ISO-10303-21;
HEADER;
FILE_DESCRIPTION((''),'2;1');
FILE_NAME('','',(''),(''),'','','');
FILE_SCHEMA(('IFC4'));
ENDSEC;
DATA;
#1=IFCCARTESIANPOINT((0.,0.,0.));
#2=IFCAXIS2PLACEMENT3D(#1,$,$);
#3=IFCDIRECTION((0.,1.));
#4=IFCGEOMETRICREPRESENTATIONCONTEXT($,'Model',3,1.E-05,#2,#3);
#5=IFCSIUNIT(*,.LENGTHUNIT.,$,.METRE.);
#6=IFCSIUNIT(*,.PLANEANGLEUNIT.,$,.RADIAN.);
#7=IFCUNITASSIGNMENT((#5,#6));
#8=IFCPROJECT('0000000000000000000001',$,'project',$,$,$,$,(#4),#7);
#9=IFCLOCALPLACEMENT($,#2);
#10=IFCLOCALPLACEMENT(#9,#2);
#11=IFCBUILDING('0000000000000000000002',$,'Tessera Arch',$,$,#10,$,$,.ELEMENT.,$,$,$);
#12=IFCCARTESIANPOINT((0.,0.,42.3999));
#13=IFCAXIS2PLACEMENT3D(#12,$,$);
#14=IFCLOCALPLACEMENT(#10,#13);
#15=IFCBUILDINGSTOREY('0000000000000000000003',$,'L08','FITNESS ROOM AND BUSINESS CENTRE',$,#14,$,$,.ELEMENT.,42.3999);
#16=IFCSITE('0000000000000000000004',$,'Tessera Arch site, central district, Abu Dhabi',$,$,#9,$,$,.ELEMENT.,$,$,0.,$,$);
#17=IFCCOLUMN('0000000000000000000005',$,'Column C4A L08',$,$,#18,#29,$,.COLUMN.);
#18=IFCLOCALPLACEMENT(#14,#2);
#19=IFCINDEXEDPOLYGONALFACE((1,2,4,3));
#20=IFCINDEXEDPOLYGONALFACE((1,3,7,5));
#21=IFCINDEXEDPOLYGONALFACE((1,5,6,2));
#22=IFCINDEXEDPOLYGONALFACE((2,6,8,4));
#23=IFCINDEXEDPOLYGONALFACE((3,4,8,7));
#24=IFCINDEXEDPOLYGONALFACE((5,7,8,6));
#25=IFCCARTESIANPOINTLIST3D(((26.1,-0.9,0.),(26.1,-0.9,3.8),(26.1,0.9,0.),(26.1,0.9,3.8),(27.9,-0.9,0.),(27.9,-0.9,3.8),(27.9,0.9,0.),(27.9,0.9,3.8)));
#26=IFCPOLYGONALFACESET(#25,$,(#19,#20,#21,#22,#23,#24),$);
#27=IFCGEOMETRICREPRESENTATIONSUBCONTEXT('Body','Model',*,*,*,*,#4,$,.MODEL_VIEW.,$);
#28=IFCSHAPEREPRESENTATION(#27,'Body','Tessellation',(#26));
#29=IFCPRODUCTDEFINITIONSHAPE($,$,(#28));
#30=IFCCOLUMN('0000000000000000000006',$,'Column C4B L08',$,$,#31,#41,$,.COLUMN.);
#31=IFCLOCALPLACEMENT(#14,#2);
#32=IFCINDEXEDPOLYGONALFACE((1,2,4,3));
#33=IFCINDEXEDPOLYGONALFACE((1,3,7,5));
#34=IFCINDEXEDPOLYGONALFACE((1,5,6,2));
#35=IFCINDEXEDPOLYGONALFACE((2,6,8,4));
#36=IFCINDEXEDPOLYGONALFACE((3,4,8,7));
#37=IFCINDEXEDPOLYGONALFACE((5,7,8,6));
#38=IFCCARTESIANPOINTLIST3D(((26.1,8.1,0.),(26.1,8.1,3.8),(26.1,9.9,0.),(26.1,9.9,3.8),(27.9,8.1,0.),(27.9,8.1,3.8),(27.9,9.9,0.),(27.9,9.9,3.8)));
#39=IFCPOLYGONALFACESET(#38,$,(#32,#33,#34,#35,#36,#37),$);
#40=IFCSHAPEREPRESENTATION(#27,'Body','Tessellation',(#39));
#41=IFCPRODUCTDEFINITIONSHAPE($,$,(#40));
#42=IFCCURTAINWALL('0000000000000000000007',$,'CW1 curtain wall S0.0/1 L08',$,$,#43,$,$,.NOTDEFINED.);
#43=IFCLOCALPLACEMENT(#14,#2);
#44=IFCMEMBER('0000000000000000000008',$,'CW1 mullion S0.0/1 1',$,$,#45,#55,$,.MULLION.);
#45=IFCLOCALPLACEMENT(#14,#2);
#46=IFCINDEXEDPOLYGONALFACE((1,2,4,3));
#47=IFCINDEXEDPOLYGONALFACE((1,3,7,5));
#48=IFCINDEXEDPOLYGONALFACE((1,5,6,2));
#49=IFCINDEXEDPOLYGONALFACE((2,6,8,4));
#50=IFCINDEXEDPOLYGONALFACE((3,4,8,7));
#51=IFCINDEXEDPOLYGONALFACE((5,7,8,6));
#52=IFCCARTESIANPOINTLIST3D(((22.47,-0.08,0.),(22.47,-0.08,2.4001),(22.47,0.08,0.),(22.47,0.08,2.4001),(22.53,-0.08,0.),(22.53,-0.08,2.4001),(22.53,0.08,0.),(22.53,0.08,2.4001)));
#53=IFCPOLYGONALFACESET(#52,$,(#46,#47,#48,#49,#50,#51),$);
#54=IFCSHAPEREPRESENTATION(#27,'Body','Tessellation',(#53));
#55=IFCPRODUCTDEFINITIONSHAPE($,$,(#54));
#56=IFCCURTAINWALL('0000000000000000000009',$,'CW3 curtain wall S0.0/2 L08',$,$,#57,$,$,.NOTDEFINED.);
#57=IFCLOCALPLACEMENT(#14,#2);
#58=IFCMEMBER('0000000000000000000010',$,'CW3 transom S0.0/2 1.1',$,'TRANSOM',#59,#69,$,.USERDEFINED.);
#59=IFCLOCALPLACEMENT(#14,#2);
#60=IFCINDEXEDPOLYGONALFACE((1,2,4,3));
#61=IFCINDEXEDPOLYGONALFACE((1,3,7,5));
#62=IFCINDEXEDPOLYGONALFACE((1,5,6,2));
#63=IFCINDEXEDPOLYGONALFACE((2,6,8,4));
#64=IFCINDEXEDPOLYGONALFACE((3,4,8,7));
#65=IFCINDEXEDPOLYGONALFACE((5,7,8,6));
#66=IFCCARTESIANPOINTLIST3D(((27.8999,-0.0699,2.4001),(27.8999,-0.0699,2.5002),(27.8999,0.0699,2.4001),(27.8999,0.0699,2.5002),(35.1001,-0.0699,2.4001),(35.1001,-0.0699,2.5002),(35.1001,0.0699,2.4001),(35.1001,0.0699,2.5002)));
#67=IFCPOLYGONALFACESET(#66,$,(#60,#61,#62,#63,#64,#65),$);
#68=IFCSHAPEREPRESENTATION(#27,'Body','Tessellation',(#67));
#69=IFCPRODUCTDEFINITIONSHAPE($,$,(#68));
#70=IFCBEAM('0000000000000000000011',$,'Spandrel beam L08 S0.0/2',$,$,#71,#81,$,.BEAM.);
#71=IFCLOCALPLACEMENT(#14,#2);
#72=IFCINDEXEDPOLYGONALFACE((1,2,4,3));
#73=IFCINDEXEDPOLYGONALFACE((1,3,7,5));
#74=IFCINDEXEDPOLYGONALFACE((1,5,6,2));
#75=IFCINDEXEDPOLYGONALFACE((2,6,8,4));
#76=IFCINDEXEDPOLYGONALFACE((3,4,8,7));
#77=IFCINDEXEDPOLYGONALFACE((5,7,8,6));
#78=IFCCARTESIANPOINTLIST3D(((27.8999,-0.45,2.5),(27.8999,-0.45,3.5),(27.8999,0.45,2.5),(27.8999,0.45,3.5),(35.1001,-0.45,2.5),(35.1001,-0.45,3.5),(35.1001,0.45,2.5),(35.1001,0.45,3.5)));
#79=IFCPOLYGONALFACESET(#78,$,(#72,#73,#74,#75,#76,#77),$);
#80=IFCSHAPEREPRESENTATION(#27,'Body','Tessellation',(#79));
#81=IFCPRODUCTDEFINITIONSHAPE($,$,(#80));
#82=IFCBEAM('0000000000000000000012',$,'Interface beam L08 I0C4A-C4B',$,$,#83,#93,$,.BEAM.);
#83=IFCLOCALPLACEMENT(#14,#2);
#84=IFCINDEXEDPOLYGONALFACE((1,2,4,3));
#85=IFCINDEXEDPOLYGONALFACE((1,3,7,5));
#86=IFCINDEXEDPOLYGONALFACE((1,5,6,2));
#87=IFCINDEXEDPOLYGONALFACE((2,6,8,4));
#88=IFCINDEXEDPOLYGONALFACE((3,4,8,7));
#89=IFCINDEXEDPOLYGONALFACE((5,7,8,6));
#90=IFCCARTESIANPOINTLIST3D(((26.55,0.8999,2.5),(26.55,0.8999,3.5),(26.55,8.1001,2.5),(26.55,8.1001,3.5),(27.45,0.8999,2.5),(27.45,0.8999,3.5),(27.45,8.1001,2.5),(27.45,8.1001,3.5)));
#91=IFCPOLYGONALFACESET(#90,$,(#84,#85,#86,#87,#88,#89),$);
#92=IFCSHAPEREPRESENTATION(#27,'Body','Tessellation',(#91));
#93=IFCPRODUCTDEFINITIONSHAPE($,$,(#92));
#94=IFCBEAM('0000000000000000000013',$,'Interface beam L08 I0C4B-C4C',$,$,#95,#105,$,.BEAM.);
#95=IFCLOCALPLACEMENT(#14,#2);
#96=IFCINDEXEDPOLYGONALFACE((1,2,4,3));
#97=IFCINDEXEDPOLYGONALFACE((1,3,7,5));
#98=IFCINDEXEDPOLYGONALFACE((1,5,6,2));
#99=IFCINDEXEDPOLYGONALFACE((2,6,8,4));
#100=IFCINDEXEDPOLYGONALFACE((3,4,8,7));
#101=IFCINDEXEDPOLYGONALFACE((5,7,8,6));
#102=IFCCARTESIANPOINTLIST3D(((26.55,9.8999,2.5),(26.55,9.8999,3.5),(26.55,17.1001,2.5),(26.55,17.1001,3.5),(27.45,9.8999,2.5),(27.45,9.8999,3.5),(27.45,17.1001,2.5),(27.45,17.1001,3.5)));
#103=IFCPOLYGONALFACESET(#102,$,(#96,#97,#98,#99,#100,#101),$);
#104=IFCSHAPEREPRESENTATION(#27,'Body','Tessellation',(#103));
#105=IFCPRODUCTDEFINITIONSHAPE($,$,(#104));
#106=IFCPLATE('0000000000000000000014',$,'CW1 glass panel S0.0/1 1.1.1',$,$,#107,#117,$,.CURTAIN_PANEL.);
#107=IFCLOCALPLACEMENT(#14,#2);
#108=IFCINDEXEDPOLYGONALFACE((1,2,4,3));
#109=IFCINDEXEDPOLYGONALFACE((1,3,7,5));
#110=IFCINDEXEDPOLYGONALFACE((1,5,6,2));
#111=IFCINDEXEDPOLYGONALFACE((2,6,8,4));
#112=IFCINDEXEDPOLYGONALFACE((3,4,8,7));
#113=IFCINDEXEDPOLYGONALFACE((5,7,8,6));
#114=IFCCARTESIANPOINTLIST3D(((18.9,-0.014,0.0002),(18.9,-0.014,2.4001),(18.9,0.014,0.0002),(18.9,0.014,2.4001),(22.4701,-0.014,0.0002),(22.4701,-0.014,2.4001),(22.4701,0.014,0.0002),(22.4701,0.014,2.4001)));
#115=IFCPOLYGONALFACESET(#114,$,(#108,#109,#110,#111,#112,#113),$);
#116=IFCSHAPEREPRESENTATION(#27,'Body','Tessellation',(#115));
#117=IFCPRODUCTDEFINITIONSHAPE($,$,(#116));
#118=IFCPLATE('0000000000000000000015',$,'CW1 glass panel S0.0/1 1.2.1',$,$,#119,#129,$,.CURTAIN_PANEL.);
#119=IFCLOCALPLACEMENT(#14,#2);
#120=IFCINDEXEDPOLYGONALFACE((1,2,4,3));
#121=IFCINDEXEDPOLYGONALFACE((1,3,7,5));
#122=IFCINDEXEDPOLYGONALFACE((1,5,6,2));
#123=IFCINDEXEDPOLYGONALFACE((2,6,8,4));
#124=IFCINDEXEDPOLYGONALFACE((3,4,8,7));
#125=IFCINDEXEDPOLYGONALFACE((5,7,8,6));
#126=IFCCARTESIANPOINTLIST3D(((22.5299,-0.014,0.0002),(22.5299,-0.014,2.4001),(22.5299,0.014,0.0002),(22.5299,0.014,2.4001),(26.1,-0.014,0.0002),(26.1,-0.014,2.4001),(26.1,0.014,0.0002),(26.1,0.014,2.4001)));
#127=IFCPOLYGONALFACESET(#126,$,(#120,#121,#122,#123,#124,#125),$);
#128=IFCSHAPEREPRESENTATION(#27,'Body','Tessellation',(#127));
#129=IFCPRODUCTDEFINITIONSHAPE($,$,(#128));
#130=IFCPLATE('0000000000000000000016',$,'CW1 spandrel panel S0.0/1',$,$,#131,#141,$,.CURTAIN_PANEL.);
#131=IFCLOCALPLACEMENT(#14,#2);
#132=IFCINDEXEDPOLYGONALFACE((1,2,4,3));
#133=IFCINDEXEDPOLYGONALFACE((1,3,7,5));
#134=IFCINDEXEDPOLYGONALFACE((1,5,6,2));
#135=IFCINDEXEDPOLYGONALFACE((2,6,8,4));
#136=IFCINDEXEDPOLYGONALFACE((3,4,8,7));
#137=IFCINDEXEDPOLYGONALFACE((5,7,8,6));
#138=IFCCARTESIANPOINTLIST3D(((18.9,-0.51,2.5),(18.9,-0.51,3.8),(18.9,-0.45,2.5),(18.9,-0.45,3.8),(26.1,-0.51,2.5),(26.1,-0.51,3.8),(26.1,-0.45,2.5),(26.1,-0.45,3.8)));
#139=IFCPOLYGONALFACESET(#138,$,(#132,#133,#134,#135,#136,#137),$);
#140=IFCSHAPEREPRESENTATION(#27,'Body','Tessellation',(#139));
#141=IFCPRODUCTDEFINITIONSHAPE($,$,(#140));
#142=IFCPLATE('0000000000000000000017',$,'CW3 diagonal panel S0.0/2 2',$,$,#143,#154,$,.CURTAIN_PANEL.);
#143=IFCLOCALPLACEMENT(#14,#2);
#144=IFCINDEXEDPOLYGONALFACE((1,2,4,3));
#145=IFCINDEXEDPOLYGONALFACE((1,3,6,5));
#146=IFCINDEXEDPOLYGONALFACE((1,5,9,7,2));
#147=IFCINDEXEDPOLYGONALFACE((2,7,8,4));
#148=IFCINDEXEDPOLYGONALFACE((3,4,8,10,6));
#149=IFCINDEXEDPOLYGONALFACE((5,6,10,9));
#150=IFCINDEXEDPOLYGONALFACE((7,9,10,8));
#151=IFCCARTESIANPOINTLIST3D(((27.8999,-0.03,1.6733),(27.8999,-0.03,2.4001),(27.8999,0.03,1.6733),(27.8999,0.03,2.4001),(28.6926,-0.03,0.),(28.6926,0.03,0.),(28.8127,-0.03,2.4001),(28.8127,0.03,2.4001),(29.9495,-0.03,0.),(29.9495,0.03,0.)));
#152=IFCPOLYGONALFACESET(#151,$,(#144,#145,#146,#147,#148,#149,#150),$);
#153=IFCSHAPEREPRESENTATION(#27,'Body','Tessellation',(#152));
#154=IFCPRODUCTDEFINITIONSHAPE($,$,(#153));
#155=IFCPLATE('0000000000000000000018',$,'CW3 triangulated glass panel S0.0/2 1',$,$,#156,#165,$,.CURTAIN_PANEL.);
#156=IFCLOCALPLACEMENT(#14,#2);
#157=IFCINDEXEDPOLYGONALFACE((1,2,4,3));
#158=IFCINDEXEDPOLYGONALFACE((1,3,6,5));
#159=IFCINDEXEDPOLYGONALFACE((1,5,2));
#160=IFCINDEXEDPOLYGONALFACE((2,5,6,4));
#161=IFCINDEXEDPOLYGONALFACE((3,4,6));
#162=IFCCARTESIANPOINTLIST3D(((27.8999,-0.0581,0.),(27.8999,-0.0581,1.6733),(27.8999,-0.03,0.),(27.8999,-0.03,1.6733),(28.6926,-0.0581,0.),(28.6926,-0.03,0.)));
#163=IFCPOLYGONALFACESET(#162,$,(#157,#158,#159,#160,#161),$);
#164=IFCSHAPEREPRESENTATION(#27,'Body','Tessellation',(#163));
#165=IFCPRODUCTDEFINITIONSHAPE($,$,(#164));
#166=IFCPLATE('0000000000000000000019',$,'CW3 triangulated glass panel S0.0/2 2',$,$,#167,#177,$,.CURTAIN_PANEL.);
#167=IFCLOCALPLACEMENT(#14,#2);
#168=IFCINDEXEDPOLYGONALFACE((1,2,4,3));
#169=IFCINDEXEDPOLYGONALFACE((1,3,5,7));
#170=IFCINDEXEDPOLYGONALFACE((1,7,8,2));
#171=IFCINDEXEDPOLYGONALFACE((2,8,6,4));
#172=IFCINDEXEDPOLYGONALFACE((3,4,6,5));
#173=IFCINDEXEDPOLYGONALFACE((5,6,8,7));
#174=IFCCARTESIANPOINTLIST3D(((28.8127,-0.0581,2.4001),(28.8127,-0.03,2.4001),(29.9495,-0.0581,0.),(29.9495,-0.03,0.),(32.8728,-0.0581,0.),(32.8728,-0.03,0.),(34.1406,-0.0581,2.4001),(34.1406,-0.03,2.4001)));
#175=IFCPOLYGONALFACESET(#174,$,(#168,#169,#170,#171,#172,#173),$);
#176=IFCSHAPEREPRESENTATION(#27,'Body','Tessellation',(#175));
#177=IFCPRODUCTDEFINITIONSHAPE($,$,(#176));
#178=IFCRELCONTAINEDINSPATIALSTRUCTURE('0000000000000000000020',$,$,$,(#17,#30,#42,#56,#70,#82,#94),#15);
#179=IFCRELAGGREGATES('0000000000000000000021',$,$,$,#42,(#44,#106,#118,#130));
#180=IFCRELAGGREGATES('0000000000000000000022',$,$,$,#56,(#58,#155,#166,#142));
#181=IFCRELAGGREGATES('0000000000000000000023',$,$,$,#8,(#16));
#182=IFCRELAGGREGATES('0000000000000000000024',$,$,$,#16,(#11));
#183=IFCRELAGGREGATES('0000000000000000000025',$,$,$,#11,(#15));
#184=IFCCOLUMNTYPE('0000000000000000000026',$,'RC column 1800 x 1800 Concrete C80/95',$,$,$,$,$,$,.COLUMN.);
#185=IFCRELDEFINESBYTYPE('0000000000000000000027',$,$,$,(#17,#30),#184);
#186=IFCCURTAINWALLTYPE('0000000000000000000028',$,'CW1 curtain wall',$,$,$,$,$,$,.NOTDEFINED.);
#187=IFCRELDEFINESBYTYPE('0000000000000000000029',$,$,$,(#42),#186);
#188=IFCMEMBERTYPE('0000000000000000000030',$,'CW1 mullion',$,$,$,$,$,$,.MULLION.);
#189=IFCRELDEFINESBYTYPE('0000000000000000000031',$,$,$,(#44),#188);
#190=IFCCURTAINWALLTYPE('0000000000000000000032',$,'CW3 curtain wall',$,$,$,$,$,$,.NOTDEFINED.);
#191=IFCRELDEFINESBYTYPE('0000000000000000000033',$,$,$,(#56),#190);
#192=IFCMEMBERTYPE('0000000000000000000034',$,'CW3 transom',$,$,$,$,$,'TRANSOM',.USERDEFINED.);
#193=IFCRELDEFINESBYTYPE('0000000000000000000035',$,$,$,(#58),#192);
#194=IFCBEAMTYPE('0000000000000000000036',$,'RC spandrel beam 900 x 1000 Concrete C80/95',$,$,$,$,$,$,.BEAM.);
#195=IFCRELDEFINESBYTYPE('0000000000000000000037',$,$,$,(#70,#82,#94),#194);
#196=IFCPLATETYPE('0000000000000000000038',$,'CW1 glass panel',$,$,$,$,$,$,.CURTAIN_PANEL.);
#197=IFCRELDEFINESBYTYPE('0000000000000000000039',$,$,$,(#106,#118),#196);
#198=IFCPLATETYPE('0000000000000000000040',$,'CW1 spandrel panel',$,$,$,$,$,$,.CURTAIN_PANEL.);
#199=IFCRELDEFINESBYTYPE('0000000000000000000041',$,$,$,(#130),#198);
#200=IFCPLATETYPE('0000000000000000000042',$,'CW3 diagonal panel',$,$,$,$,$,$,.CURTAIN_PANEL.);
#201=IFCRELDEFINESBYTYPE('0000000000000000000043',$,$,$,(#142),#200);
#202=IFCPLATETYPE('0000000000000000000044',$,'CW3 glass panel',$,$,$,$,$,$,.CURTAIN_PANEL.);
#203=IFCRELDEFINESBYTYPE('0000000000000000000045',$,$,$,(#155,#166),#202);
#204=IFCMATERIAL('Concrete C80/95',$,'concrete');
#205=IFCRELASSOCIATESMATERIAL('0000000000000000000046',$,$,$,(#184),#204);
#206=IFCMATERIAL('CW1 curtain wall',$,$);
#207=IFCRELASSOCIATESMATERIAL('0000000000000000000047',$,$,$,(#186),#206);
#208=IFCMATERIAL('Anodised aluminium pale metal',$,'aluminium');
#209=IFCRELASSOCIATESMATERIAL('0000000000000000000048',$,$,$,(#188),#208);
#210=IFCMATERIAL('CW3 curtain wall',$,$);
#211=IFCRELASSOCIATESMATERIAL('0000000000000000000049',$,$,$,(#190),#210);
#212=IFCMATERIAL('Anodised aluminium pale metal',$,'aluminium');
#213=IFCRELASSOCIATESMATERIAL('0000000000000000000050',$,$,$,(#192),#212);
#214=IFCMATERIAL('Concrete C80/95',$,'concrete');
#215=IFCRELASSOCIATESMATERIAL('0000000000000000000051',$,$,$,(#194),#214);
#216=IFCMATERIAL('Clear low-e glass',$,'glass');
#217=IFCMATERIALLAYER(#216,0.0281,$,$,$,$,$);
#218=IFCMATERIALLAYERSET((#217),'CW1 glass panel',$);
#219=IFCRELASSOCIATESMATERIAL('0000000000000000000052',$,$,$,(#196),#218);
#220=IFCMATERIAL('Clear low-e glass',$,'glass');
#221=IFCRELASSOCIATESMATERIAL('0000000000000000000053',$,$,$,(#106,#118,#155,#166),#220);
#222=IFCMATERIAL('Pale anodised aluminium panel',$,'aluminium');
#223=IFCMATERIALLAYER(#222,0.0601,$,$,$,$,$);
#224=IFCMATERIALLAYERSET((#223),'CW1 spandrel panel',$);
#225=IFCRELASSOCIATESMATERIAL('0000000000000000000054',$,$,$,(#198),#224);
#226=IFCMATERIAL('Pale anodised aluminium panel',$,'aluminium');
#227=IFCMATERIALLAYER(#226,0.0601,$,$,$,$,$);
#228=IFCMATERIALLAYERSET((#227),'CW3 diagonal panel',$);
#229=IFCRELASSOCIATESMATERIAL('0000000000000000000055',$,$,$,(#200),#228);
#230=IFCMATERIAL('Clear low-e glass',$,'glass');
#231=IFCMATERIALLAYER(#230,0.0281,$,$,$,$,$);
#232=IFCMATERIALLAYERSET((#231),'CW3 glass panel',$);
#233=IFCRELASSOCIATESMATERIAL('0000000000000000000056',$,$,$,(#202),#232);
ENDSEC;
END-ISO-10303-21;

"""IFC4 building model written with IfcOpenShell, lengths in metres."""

from ifc_helpers import new_model, si_unit, direction, frame, origin, origin_2d, place, context, subcontext, project, spatial, polyline, rectangle, outline, extrude, material, layer, layer_set, material_profile, profile_set, type_object, element, aggregate, save


model = new_model("IFC4")

# Units and contexts
model_context = context("Model", 3, precision=1e-05, world=origin(), true_north=direction((0.0, 1.0)))
body_context = subcontext(model_context, "Body", "Model", "MODEL_VIEW")
ifc_project = project(units=[si_unit("LENGTHUNIT", "METRE"), si_unit("PLANEANGLEUNIT", "RADIAN")], contexts=[model_context])

# Site, building, storey
site_placement = place(None, origin())
site = spatial("IfcSite", under=ifc_project, at=site_placement, Name="Tessera Arch site, central district, Abu Dhabi", CompositionType="ELEMENT", RefElevation=0.0)
building_placement = place(site_placement, origin())
building = spatial("IfcBuilding", under=site, at=building_placement, Name="Tessera Arch", CompositionType="ELEMENT")
storey_placement = place(building_placement, frame((0.0, 0.0, 42.3999)))
storey = spatial("IfcBuildingStorey", under=building, at=storey_placement, Name="L08", Description="FITNESS ROOM AND BUSINESS CENTRE", CompositionType="ELEMENT", Elevation=42.3999)

# Columns
ifc_material_1 = material(Name="Concrete C80/95", Category="concrete")
ifc_material_profile_1 = material_profile(ifc_material_1, rectangle(XDim=1.8, YDim=1.8, at=origin_2d()), Name="RC column 1800 x 1800 Concrete C80/95")
ifc_profile_set_1 = profile_set([ifc_material_profile_1], Name="Concrete C80/95")
column_type = type_object("IfcColumnType", Name="RC column 1800 x 1800 Concrete C80/95", PredefinedType="COLUMN", material=ifc_profile_set_1)
for number, where, z_axis, x_axis, name in (
    (1, (27.0, 0.0, 0.0), (0.0, 0.0, 1.0), (1.0, 0.0, 0.0), "Column C4A L08"),
    (2, (27.0, 9.0, 0.0), (0.0, 0.0, 1.0), (1.0, 0.0, 0.0), "Column C4B L08"),
):
    element("IfcColumn", number, at=place(storey_placement, frame(where, z_axis=z_axis, x_axis=x_axis)), inside=storey, type_object=column_type, Name=name, PredefinedType="COLUMN", context=body_context, shape_type="SweptSolid", body=[
        extrude(rectangle(XDim=1.8, YDim=1.8, at=origin_2d()), origin(), (0.0, 0.0, 1.0), 3.8),
    ])

# Curtain walls, members
ifc_material_2 = material(Name="CW1 curtain wall")
curtain_wall_type_1 = type_object("IfcCurtainWallType", Name="CW1 curtain wall", PredefinedType="NOTDEFINED", material=ifc_material_2)
curtain_wall_1_placement = place(storey_placement, origin())
curtain_wall_1 = element("IfcCurtainWall", 3, at=curtain_wall_1_placement, inside=storey, type_object=curtain_wall_type_1, Name="CW1 curtain wall S0.0/1 L08", PredefinedType="NOTDEFINED")
ifc_material_3 = material(Name="Anodised aluminium pale metal", Category="aluminium")
ifc_material_profile_2 = material_profile(ifc_material_3, rectangle(XDim=0.1599, YDim=0.0601, at=origin_2d()), Name="AL 60x160")
ifc_profile_set_2 = profile_set([ifc_material_profile_2], Name="Anodised aluminium pale metal")
member_type_1 = type_object("IfcMemberType", Name="CW1 mullion", PredefinedType="MULLION", material=ifc_profile_set_2)
member_1_placement = place(storey_placement, frame((22.5, 0.0, 0.0), z_axis=(0.0, 0.0, 1.0), x_axis=(0.0, 1.0, 0.0)))
member_1 = element("IfcMember", 4, at=member_1_placement, type_object=member_type_1, Name="CW1 mullion S0.0/1 1", PredefinedType="MULLION", context=body_context, shape_type="SweptSolid", body=[
    extrude(rectangle(XDim=0.1599, YDim=0.0601, at=origin_2d()), origin(), (0.0, 0.0, 1.0), 2.4001),
])
ifc_material_4 = material(Name="CW3 curtain wall")
curtain_wall_type_2 = type_object("IfcCurtainWallType", Name="CW3 curtain wall", PredefinedType="NOTDEFINED", material=ifc_material_4)
curtain_wall_2_placement = place(storey_placement, origin())
curtain_wall_2 = element("IfcCurtainWall", 5, at=curtain_wall_2_placement, inside=storey, type_object=curtain_wall_type_2, Name="CW3 curtain wall S0.0/2 L08", PredefinedType="NOTDEFINED")
ifc_material_5 = material(Name="Anodised aluminium pale metal", Category="aluminium")
ifc_material_profile_3 = material_profile(ifc_material_5, rectangle(XDim=0.1399, YDim=0.1001, at=origin_2d()), Name="AL 140x100")
ifc_profile_set_3 = profile_set([ifc_material_profile_3], Name="Anodised aluminium pale metal")
member_type_2 = type_object("IfcMemberType", Name="CW3 transom", ElementType="TRANSOM", PredefinedType="USERDEFINED", material=ifc_profile_set_3)
member_2_placement = place(storey_placement, frame((27.8999, 0.0, 2.4502), z_axis=(1.0, 0.0, 0.0), x_axis=(0.0, 1.0, 0.0)))
member_2 = element("IfcMember", 6, at=member_2_placement, type_object=member_type_2, Name="CW3 transom S0.0/2 1.1", ObjectType="TRANSOM", PredefinedType="USERDEFINED", context=body_context, shape_type="SweptSolid", body=[
    extrude(rectangle(XDim=0.1399, YDim=0.1001, at=origin_2d()), origin(), (0.0, 0.0, 1.0), 7.2002),
])

# Beams
ifc_material_6 = material(Name="Concrete C80/95", Category="concrete")
ifc_material_profile_4 = material_profile(ifc_material_6, rectangle(XDim=0.8999, YDim=1.0, at=origin_2d()), Name="RC spandrel beam 900 x 1000 Concrete C80/95")
ifc_profile_set_4 = profile_set([ifc_material_profile_4], Name="Concrete C80/95")
beam_type = type_object("IfcBeamType", Name="RC spandrel beam 900 x 1000 Concrete C80/95", PredefinedType="BEAM", material=ifc_profile_set_4)
for number, where, z_axis, x_axis, name in (
    (7, (27.8999, 0.0, 3.0), (1.0, 0.0, 0.0), (0.0, 1.0, 0.0), "Spandrel beam L08 S0.0/2"),
    (8, (27.0, 0.8999, 3.0), (0.0, 1.0, 0.0), (-1.0, 0.0, 0.0), "Interface beam L08 I0C4A-C4B"),
    (9, (27.0, 9.8999, 3.0), (0.0, 1.0, 0.0), (-1.0, 0.0, 0.0), "Interface beam L08 I0C4B-C4C"),
):
    element("IfcBeam", number, at=place(storey_placement, frame(where, z_axis=z_axis, x_axis=x_axis)), inside=storey, type_object=beam_type, Name=name, PredefinedType="BEAM", context=body_context, shape_type="SweptSolid", body=[
        extrude(rectangle(XDim=0.8999, YDim=1.0, at=origin_2d()), origin(), (0.0, 0.0, 1.0), 7.2002),
    ])

# Plates
ifc_material_7 = material(Name="Clear low-e glass", Category="glass")
ifc_material_8 = material(Name="Clear low-e glass", Category="glass")
ifc_layer_1 = layer(ifc_material_8, 0.0281)
ifc_layer_set_1 = layer_set([ifc_layer_1], Name="CW1 glass panel")
plate_type_1 = type_object("IfcPlateType", Name="CW1 glass panel", PredefinedType="CURTAIN_PANEL", material=ifc_layer_set_1)
plate_1_placement = place(storey_placement, frame((20.6851, 0.0, 0.0002), z_axis=(0.0, 0.0, 1.0), x_axis=(1.0, 0.0, 0.0)))
plate_1 = element("IfcPlate", 10, at=plate_1_placement, type_object=plate_type_1, material=ifc_material_7, Name="CW1 glass panel S0.0/1 1.1.1", PredefinedType="CURTAIN_PANEL", context=body_context, shape_type="SweptSolid", body=[
    extrude(rectangle(XDim=3.5701, YDim=0.0281, at=origin_2d()), origin(), (0.0, 0.0, 1.0), 2.3999),
])
plate_2_placement = place(storey_placement, frame((24.3149, 0.0, 0.0002), z_axis=(0.0, 0.0, 1.0), x_axis=(1.0, 0.0, 0.0)))
plate_2 = element("IfcPlate", 11, at=plate_2_placement, type_object=plate_type_1, material=ifc_material_7, Name="CW1 glass panel S0.0/1 1.2.1", PredefinedType="CURTAIN_PANEL", context=body_context, shape_type="SweptSolid", body=[
    extrude(rectangle(XDim=3.5701, YDim=0.0281, at=origin_2d()), origin(), (0.0, 0.0, 1.0), 2.3999),
])
ifc_material_9 = material(Name="Pale anodised aluminium panel", Category="aluminium")
ifc_layer_2 = layer(ifc_material_9, 0.0601)
ifc_layer_set_2 = layer_set([ifc_layer_2], Name="CW1 spandrel panel")
plate_type_2 = type_object("IfcPlateType", Name="CW1 spandrel panel", PredefinedType="CURTAIN_PANEL", material=ifc_layer_set_2)
plate_3_placement = place(storey_placement, frame((22.5, -0.48, 2.5), z_axis=(0.0, 0.0, 1.0), x_axis=(1.0, 0.0, 0.0)))
plate_3 = element("IfcPlate", 12, at=plate_3_placement, type_object=plate_type_2, Name="CW1 spandrel panel S0.0/1", PredefinedType="CURTAIN_PANEL", context=body_context, shape_type="SweptSolid", body=[
    extrude(rectangle(XDim=7.2, YDim=0.0601, at=origin_2d()), origin(), (0.0, 0.0, 1.0), 1.3),
])
aggregate(curtain_wall_1, [member_1, plate_1, plate_2, plate_3])
ifc_material_10 = material(Name="Pale anodised aluminium panel", Category="aluminium")
ifc_layer_3 = layer(ifc_material_10, 0.0601)
ifc_layer_set_3 = layer_set([ifc_layer_3], Name="CW3 diagonal panel")
plate_type_3 = type_object("IfcPlateType", Name="CW3 diagonal panel", PredefinedType="CURTAIN_PANEL", material=ifc_layer_set_3)
plate_4_placement = place(storey_placement, frame((27.8999, -0.03, 2.4001), z_axis=(0.0, -1.0, 0.0), x_axis=(0.0, 0.0, -1.0)))
plate_4 = element("IfcPlate", 13, at=plate_4_placement, type_object=plate_type_3, Name="CW3 diagonal panel S0.0/2 2", PredefinedType="CURTAIN_PANEL", context=body_context, shape_type="SweptSolid", body=[
    extrude(outline(polyline([(0.0, 0.0), (0.7268, 0.0), (2.4001, 0.7927), (2.4001, 2.0496), (0.0, 0.9128), (0.0, 0.0)])), origin(), (0.0, 0.0, -1.0), 0.0601),
])
ifc_material_11 = material(Name="Clear low-e glass", Category="glass")
ifc_layer_4 = layer(ifc_material_11, 0.0281)
ifc_layer_set_4 = layer_set([ifc_layer_4], Name="CW3 glass panel")
plate_type_4 = type_object("IfcPlateType", Name="CW3 glass panel", PredefinedType="CURTAIN_PANEL", material=ifc_layer_set_4)
plate_5_placement = place(storey_placement, frame((27.8999, -0.0581, 0.0), z_axis=(0.0, -1.0, 0.0), x_axis=(1.0, 0.0, 0.0)))
plate_5 = element("IfcPlate", 14, at=plate_5_placement, type_object=plate_type_4, material=ifc_material_7, Name="CW3 triangulated glass panel S0.0/2 1", PredefinedType="CURTAIN_PANEL", context=body_context, shape_type="SweptSolid", body=[
    extrude(outline(polyline([(0.0, 0.0), (0.7927, 0.0), (0.0, 1.6733), (0.0, 0.0)])), origin(), (0.0, 0.0, -1.0), 0.0281),
])
plate_6_placement = place(storey_placement, frame((34.1406, -0.0581, 2.4001), z_axis=(0.0, -1.0, 0.0), x_axis=(-1.0, 0.0, 0.0)))
plate_6 = element("IfcPlate", 15, at=plate_6_placement, type_object=plate_type_4, material=ifc_material_7, Name="CW3 triangulated glass panel S0.0/2 2", PredefinedType="CURTAIN_PANEL", context=body_context, shape_type="SweptSolid", body=[
    extrude(outline(polyline([(0.0, 0.0), (5.3279, 0.0), (4.1912, 2.4001), (1.2678, 2.4001), (0.0, 0.0)])), origin(), (0.0, 0.0, -1.0), 0.0281),
])
aggregate(curtain_wall_2, [member_2, plate_5, plate_6, plate_4])

save(model, "model.ifc")
